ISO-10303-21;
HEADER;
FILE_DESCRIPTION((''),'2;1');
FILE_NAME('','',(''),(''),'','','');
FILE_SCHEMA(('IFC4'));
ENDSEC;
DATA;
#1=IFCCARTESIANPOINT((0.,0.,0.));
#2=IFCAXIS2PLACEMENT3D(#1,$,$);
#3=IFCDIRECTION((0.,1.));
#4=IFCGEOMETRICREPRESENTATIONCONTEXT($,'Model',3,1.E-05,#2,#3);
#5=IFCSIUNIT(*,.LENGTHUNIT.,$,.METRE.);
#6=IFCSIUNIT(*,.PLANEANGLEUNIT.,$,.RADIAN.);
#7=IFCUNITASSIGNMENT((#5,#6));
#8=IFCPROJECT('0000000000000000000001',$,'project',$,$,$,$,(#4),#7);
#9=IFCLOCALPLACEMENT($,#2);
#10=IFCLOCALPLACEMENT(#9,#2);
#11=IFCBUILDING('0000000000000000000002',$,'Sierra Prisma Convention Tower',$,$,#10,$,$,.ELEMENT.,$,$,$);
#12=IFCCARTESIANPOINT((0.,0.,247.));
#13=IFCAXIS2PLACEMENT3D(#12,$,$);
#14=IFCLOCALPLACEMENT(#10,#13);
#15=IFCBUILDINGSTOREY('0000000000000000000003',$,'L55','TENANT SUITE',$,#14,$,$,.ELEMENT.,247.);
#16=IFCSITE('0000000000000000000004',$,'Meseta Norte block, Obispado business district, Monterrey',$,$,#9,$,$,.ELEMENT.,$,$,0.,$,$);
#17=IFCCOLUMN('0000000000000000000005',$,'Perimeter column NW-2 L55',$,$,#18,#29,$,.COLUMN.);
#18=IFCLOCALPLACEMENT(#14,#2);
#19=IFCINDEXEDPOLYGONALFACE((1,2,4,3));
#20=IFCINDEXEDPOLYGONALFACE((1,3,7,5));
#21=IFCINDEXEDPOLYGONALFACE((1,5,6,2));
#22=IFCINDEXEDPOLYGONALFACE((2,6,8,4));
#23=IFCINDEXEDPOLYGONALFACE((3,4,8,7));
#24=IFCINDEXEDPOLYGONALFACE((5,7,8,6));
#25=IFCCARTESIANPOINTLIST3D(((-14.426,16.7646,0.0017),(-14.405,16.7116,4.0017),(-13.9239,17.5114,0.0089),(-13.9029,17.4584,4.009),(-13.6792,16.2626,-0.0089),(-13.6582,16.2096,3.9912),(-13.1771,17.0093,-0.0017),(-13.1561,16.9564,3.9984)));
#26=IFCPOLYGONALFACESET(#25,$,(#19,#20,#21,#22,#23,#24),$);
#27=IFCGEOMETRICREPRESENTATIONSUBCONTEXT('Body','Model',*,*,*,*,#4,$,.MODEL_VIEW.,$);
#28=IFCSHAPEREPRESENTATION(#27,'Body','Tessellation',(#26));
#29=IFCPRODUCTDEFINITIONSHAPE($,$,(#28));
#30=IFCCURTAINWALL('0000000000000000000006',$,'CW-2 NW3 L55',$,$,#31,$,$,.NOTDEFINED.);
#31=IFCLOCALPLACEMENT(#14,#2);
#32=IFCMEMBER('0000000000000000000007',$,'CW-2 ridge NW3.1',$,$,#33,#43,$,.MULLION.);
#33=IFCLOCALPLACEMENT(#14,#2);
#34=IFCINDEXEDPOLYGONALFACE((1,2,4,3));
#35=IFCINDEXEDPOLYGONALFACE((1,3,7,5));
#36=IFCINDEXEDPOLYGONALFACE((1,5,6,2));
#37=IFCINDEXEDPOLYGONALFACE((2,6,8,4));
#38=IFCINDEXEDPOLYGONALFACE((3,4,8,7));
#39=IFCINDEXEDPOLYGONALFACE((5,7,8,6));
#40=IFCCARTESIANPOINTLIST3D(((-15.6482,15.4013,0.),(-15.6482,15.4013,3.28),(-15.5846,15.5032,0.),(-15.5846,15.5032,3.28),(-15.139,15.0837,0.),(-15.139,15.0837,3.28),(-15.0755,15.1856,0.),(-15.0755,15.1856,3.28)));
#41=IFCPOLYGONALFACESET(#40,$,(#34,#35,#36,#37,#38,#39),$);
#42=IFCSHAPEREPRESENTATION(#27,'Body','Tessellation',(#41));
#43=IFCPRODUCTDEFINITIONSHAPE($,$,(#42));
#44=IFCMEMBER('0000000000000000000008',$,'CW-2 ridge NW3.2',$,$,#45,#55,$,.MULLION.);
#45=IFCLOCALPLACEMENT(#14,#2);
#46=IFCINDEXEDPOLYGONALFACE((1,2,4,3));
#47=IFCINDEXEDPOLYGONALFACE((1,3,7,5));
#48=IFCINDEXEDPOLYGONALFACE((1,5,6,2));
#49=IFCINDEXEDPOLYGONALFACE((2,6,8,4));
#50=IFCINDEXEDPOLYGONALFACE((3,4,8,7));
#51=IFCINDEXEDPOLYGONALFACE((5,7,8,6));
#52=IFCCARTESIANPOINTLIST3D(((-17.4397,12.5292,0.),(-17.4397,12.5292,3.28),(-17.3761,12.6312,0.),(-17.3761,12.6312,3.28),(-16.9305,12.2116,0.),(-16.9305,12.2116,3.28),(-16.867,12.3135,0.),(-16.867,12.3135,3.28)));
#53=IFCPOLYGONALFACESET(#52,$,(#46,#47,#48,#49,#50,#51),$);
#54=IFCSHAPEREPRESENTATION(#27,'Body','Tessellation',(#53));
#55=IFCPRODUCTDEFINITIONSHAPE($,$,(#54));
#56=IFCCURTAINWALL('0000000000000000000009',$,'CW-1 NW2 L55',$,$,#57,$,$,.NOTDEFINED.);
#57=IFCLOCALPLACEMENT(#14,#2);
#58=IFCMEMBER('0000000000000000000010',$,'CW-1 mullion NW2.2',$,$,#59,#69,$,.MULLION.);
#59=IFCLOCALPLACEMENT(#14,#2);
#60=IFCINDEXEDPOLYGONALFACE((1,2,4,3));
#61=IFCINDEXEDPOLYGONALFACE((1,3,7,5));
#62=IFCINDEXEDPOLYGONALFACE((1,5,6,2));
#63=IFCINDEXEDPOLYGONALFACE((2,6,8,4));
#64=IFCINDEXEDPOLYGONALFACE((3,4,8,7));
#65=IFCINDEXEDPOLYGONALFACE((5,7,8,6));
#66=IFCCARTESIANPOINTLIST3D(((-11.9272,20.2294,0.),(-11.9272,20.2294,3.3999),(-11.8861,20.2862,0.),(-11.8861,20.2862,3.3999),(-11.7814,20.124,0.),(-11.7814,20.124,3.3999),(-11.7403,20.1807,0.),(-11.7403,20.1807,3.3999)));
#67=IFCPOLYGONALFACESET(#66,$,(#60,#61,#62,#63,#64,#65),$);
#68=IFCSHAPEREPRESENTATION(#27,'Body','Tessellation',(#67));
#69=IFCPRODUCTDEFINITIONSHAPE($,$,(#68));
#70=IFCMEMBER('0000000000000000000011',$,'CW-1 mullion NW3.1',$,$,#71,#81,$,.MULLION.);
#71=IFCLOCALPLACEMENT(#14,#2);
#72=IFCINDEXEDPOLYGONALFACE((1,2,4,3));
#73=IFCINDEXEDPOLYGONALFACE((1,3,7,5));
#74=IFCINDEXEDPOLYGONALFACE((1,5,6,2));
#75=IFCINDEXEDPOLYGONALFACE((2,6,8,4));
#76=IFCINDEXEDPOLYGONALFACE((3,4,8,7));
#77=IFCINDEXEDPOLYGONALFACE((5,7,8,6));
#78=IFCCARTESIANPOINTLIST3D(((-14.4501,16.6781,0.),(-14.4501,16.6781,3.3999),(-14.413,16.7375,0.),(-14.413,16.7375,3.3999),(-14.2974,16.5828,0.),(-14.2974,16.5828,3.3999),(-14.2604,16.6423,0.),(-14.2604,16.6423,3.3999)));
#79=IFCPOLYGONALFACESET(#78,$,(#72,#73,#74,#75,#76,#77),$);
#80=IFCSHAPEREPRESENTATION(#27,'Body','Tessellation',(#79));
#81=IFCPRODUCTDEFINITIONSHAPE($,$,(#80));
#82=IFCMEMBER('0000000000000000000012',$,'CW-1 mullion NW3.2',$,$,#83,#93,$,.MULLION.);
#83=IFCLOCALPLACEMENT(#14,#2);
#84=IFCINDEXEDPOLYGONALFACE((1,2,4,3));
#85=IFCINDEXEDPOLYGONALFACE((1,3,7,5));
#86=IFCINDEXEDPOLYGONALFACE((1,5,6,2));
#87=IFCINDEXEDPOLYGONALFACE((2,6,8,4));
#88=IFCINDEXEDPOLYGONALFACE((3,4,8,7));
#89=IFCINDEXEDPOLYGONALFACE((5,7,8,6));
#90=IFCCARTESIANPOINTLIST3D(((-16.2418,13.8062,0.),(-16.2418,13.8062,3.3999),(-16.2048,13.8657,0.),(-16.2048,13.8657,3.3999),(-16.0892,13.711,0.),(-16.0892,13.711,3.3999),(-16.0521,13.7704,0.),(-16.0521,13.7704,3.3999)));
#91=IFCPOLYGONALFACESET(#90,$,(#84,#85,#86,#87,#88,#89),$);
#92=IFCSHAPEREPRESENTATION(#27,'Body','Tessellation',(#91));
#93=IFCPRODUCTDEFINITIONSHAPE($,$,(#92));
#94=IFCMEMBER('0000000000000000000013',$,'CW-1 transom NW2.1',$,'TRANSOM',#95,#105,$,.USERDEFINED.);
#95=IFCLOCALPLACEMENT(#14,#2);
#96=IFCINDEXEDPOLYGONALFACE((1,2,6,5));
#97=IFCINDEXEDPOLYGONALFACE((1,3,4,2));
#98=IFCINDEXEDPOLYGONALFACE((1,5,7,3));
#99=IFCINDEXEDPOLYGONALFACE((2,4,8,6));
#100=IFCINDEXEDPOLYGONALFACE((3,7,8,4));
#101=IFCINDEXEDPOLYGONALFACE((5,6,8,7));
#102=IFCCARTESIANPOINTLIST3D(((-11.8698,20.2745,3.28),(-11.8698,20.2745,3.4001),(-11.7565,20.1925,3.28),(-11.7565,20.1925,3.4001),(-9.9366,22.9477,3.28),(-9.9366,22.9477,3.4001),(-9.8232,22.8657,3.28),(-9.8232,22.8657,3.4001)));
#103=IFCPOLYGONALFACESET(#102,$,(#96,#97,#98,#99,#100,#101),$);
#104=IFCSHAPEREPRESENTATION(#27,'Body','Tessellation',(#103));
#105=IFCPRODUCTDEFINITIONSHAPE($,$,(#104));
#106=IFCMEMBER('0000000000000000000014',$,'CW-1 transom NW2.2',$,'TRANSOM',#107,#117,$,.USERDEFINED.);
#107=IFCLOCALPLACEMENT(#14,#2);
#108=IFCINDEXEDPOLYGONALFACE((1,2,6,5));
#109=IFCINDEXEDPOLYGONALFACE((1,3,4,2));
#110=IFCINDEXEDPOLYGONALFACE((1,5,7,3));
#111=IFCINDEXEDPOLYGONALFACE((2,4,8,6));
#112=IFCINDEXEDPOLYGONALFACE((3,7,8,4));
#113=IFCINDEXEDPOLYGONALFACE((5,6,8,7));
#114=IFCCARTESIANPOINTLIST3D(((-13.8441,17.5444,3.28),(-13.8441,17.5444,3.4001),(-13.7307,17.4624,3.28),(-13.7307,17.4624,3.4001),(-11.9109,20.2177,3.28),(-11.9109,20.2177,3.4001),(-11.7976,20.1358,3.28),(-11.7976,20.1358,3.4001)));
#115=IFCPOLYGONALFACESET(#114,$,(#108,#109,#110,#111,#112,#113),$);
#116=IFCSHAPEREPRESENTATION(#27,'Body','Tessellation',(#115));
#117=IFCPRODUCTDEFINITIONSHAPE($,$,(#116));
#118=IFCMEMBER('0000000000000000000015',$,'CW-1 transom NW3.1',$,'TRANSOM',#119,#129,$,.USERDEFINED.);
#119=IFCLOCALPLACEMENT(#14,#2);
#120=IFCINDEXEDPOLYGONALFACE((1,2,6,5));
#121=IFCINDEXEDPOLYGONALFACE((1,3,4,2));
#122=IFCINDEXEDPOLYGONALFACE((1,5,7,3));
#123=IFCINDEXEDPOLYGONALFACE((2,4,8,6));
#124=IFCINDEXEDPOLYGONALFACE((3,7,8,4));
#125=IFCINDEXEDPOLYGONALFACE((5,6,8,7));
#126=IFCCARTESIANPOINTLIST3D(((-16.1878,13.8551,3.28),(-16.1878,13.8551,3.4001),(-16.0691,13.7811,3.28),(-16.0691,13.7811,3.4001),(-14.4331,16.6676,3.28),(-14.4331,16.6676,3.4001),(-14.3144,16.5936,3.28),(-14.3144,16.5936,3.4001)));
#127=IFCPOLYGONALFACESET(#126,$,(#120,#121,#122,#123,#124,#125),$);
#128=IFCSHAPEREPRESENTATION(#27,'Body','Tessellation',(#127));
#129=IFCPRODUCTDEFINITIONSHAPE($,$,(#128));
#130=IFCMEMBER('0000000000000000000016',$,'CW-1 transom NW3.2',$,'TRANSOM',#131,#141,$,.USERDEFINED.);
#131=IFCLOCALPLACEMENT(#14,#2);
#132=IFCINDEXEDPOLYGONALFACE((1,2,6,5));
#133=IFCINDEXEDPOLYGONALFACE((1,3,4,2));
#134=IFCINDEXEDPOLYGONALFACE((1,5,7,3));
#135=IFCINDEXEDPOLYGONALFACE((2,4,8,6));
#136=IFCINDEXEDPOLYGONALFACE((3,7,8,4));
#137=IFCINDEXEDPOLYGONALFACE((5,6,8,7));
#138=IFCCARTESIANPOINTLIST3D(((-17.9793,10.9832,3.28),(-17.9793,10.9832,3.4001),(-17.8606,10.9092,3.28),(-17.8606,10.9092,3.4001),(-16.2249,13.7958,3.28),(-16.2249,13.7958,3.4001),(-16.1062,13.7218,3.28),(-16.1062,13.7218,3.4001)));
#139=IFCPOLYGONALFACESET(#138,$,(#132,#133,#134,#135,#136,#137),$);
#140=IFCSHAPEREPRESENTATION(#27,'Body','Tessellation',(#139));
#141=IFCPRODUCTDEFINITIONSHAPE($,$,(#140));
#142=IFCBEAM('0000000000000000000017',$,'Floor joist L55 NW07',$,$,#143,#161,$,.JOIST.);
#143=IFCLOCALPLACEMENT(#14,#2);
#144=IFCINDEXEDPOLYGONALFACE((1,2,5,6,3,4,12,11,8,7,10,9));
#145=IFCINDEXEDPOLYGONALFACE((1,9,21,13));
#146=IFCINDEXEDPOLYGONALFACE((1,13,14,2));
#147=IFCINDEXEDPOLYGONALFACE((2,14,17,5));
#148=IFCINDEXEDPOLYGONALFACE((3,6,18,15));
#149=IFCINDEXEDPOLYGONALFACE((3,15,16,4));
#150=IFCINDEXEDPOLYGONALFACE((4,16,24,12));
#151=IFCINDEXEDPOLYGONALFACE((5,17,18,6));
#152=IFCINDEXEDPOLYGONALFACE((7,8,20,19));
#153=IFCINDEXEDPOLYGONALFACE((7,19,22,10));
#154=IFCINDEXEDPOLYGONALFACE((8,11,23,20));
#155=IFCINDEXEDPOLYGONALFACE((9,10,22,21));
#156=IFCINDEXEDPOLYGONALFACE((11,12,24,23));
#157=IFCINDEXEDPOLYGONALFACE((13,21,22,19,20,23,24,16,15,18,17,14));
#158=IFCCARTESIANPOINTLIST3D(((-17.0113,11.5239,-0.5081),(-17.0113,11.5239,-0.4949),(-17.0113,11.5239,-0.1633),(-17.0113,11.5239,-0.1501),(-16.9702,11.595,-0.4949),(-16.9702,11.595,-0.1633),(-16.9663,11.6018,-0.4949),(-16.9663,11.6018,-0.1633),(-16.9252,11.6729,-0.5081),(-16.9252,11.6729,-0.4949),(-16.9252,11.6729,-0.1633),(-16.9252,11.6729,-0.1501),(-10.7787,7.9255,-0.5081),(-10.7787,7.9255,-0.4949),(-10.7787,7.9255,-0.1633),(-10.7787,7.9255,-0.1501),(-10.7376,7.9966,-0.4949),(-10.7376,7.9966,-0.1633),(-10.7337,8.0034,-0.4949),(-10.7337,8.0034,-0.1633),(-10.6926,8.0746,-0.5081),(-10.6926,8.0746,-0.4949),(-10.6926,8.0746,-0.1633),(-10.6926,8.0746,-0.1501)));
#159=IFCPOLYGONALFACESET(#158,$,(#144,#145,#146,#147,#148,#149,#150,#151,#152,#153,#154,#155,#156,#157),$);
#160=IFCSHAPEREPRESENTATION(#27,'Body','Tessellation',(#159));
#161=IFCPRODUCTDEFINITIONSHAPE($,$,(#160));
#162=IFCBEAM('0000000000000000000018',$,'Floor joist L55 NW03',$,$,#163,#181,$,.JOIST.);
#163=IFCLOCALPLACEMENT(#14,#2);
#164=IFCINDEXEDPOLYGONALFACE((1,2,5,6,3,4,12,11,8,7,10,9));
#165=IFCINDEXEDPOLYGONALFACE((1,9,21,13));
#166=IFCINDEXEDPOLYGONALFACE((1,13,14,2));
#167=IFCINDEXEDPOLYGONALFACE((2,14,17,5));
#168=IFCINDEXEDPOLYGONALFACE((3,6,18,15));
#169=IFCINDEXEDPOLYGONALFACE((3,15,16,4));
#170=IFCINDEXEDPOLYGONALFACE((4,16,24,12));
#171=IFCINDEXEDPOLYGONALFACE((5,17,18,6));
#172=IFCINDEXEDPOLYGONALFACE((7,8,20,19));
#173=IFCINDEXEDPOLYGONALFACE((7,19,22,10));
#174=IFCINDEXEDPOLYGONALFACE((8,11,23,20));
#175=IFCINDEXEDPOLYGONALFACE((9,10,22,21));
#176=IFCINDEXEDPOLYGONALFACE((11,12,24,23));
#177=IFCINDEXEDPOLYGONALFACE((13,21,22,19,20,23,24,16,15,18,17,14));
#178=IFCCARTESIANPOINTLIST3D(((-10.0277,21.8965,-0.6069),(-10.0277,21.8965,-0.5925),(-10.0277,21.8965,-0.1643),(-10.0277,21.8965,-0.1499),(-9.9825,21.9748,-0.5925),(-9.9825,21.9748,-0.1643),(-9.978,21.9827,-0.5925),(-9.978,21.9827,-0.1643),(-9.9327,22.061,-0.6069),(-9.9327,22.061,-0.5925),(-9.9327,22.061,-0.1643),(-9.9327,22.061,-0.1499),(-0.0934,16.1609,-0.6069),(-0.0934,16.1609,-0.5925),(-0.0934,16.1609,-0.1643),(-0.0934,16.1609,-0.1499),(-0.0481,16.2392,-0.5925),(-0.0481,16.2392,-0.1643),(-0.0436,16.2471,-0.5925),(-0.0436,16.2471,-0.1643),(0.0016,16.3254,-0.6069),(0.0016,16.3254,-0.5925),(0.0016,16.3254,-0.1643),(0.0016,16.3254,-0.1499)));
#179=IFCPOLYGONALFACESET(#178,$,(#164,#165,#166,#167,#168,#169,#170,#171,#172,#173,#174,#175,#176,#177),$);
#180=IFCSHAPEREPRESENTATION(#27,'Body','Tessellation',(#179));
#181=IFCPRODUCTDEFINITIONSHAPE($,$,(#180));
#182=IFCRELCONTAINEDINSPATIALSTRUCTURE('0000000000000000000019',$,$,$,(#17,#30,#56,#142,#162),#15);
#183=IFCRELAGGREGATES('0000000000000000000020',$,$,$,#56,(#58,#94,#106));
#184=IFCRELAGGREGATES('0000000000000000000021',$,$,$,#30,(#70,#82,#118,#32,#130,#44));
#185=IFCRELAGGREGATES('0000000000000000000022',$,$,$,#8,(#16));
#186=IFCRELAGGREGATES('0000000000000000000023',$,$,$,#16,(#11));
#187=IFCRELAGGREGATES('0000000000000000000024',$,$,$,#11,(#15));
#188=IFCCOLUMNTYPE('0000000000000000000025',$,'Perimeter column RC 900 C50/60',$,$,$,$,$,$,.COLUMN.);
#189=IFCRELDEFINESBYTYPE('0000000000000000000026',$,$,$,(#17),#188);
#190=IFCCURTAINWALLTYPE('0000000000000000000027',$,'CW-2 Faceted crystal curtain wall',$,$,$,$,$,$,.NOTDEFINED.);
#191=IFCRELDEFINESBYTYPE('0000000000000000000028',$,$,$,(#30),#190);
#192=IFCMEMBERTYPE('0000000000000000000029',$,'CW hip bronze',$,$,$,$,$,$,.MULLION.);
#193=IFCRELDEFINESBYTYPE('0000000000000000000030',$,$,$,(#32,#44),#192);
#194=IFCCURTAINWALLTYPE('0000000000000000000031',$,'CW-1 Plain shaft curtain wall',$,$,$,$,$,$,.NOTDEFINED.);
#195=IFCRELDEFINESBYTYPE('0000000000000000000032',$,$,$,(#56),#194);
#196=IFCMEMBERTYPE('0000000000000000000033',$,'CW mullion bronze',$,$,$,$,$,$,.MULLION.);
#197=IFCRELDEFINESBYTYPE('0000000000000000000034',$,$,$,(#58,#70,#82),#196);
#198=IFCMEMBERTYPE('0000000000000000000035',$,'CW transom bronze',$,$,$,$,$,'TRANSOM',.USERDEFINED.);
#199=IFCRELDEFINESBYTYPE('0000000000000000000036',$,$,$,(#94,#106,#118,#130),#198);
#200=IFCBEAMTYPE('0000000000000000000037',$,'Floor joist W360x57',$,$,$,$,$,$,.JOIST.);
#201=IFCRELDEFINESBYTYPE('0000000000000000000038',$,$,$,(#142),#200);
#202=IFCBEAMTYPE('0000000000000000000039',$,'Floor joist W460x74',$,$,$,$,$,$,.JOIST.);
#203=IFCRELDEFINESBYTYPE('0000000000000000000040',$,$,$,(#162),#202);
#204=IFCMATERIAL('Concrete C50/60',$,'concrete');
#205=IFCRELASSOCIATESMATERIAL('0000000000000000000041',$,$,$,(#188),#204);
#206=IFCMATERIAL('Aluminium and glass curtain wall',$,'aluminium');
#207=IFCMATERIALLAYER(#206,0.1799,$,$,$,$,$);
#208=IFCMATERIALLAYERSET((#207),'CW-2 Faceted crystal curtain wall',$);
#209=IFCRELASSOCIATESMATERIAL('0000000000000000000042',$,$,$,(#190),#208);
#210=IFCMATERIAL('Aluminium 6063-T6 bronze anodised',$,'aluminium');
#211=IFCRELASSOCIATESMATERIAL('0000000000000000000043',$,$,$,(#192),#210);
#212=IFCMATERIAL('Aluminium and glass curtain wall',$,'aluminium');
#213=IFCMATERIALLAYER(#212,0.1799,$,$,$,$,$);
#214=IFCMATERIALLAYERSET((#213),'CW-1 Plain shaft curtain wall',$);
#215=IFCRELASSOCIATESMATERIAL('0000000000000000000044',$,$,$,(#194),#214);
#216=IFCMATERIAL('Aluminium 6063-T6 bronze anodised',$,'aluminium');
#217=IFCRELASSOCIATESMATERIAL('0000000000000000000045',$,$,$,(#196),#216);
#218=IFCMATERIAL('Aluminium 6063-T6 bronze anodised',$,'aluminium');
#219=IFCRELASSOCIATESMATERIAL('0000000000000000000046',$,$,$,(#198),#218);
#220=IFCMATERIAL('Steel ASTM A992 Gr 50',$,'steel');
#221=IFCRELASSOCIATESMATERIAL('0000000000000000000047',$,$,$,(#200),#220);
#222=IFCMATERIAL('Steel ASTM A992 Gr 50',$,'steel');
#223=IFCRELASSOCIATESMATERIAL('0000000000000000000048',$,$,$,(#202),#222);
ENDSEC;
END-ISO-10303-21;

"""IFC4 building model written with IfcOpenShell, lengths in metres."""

from ifc_helpers import new_model, si_unit, direction, frame, origin, origin_2d, place, context, subcontext, project, spatial, rectangle, i_section, extrude, material, layer, layer_set, material_profile, profile_set, type_object, element, aggregate, save


model = new_model("IFC4")

# Units and contexts
model_context = context("Model", 3, precision=1e-05, world=origin(), true_north=direction((0.0, 1.0)))
body_context = subcontext(model_context, "Body", "Model", "MODEL_VIEW")
ifc_project = project(units=[si_unit("LENGTHUNIT", "METRE"), si_unit("PLANEANGLEUNIT", "RADIAN")], contexts=[model_context])

# Site, building, storey
site_placement = place(None, origin())
site = spatial("IfcSite", under=ifc_project, at=site_placement, Name="Meseta Norte block, Obispado business district, Monterrey", CompositionType="ELEMENT", RefElevation=0.0)
building_placement = place(site_placement, origin())
building = spatial("IfcBuilding", under=site, at=building_placement, Name="Sierra Prisma Convention Tower", CompositionType="ELEMENT")
storey_placement = place(building_placement, frame((0.0, 0.0, 247.0)))
storey = spatial("IfcBuildingStorey", under=building, at=storey_placement, Name="L55", Description="TENANT SUITE", CompositionType="ELEMENT", Elevation=247.0)

# Column
ifc_material_1 = material(Name="Concrete C50/60", Category="concrete")
ifc_material_profile_1 = material_profile(ifc_material_1, rectangle(XDim=0.8999, YDim=0.8999, at=origin_2d()), Name="Perimeter column RC 900 C50/60")
ifc_profile_set_1 = profile_set([ifc_material_profile_1], Name="Concrete C50/60")
column_type = type_object("IfcColumnType", Name="Perimeter column RC 900 C50/60", PredefinedType="COLUMN", material=ifc_profile_set_1)
column_placement = place(storey_placement, frame((-13.8015, 16.887, 0.0), z_axis=(0.005248, -0.013243, 0.999899), x_axis=(0.557959, 0.829829, 0.008062)))
element("IfcColumn", 1, at=column_placement, inside=storey, type_object=column_type, Name="Perimeter column NW-2 L55", PredefinedType="COLUMN", context=body_context, shape_type="SweptSolid", body=[
    extrude(rectangle(XDim=0.8999, YDim=0.8999, at=origin_2d()), origin(), (0.0, 0.0, 1.0), 4.0005),
])

# Curtain wall, members
ifc_material_2 = material(Name="Aluminium and glass curtain wall", Category="aluminium")
ifc_layer_1 = layer(ifc_material_2, 0.1799)
ifc_layer_set_1 = layer_set([ifc_layer_1], Name="CW-2 Faceted crystal curtain wall")
curtain_wall_type_1 = type_object("IfcCurtainWallType", Name="CW-2 Faceted crystal curtain wall", PredefinedType="NOTDEFINED", material=ifc_layer_set_1)
curtain_wall_1_placement = place(storey_placement, origin())
curtain_wall_1 = element("IfcCurtainWall", 2, at=curtain_wall_1_placement, inside=storey, type_object=curtain_wall_type_1, Name="CW-2 NW3 L55", PredefinedType="NOTDEFINED")
ifc_material_3 = material(Name="Aluminium 6063-T6 bronze anodised", Category="aluminium")
ifc_material_profile_2 = material_profile(ifc_material_3, rectangle(XDim=0.1201, YDim=0.6001, at=origin_2d()), Name="ALU RIDGE BLADE 120x600")
ifc_profile_set_2 = profile_set([ifc_material_profile_2], Name="Aluminium 6063-T6 bronze anodised")
member_type_1 = type_object("IfcMemberType", Name="CW hip bronze", PredefinedType="MULLION", material=ifc_profile_set_2)
member_1_placement = place(storey_placement, frame((-15.3618, 15.2935, 0.0), z_axis=(0.0, 0.0, 1.0), x_axis=(-0.529292, -0.84844, 0.0)))
member_1 = element("IfcMember", 3, at=member_1_placement, type_object=member_type_1, Name="CW-2 ridge NW3.1", PredefinedType="MULLION", context=body_context, shape_type="SweptSolid", body=[
    extrude(rectangle(XDim=0.1201, YDim=0.6001, at=origin_2d()), origin(), (0.0, 0.0, 1.0), 3.28),
])
member_2_placement = place(storey_placement, frame((-17.1533, 12.4214, 0.0), z_axis=(0.0, 0.0, 1.0), x_axis=(-0.529292, -0.84844, 0.0)))
member_2 = element("IfcMember", 4, at=member_2_placement, type_object=member_type_1, Name="CW-2 ridge NW3.2", PredefinedType="MULLION", context=body_context, shape_type="SweptSolid", body=[
    extrude(rectangle(XDim=0.1201, YDim=0.6001, at=origin_2d()), origin(), (0.0, 0.0, 1.0), 3.28),
])

# Curtain wall, member
ifc_material_4 = material(Name="Aluminium and glass curtain wall", Category="aluminium")
ifc_layer_2 = layer(ifc_material_4, 0.1799)
ifc_layer_set_2 = layer_set([ifc_layer_2], Name="CW-1 Plain shaft curtain wall")
curtain_wall_type_2 = type_object("IfcCurtainWallType", Name="CW-1 Plain shaft curtain wall", PredefinedType="NOTDEFINED", material=ifc_layer_set_2)
curtain_wall_2_placement = place(storey_placement, origin())
curtain_wall_2 = element("IfcCurtainWall", 5, at=curtain_wall_2_placement, inside=storey, type_object=curtain_wall_type_2, Name="CW-1 NW2 L55", PredefinedType="NOTDEFINED")
ifc_material_5 = material(Name="Aluminium 6063-T6 bronze anodised", Category="aluminium")
ifc_material_profile_3 = material_profile(ifc_material_5, rectangle(XDim=0.1799, YDim=0.0701, at=origin_2d()), Name="ALU MULLION 70x180")
ifc_profile_set_3 = profile_set([ifc_material_profile_3], Name="Aluminium 6063-T6 bronze anodised")
member_type_2 = type_object("IfcMemberType", Name="CW mullion bronze", PredefinedType="MULLION", material=ifc_profile_set_3)
member_3_placement = place(storey_placement, frame((-11.8337, 20.2051, 0.0), z_axis=(0.0, 0.0, 1.0), x_axis=(0.810319, -0.585989, 0.0)))
member_3 = element("IfcMember", 6, at=member_3_placement, type_object=member_type_2, Name="CW-1 mullion NW2.2", PredefinedType="MULLION", context=body_context, shape_type="SweptSolid", body=[
    extrude(rectangle(XDim=0.1799, YDim=0.0701, at=origin_2d()), origin(), (0.0, 0.0, 1.0), 3.3999),
])

# Members
member_4_placement = place(storey_placement, frame((-14.3552, 16.6602, 0.0), z_axis=(0.0, 0.0, 1.0), x_axis=(0.84844, -0.529292, 0.0)))
member_4 = element("IfcMember", 7, at=member_4_placement, type_object=member_type_2, Name="CW-1 mullion NW3.1", PredefinedType="MULLION", context=body_context, shape_type="SweptSolid", body=[
    extrude(rectangle(XDim=0.1799, YDim=0.0701, at=origin_2d()), origin(), (0.0, 0.0, 1.0), 3.3999),
])
member_5_placement = place(storey_placement, frame((-16.147, 13.7883, 0.0), z_axis=(0.0, 0.0, 1.0), x_axis=(0.84844, -0.529292, 0.0)))
member_5 = element("IfcMember", 8, at=member_5_placement, type_object=member_type_2, Name="CW-1 mullion NW3.2", PredefinedType="MULLION", context=body_context, shape_type="SweptSolid", body=[
    extrude(rectangle(XDim=0.1799, YDim=0.0701, at=origin_2d()), origin(), (0.0, 0.0, 1.0), 3.3999),
])
ifc_material_6 = material(Name="Aluminium 6063-T6 bronze anodised", Category="aluminium")
ifc_material_profile_4 = material_profile(ifc_material_6, rectangle(XDim=0.1399, YDim=0.1201, at=origin_2d()), Name="ALU TRANSOM 120x140")
ifc_profile_set_4 = profile_set([ifc_material_profile_4], Name="Aluminium 6063-T6 bronze anodised")
member_type_3 = type_object("IfcMemberType", Name="CW transom bronze", ElementType="TRANSOM", PredefinedType="USERDEFINED", material=ifc_profile_set_4)
member_6_placement = place(storey_placement, frame((-9.8799, 22.9067, 3.3401), z_axis=(-0.586009, -0.810304, 0.0), x_axis=(0.810304, -0.586009, 0.0)))
member_6 = element("IfcMember", 9, at=member_6_placement, type_object=member_type_3, Name="CW-1 transom NW2.1", ObjectType="TRANSOM", PredefinedType="USERDEFINED", context=body_context, shape_type="SweptSolid", body=[
    extrude(rectangle(XDim=0.1399, YDim=0.1201, at=origin_2d()), origin(), (0.0, 0.0, 1.0), 3.2991),
])
member_7_placement = place(storey_placement, frame((-11.8542, 20.1768, 3.3401), z_axis=(-0.585961, -0.81034, 0.0), x_axis=(0.81034, -0.585961, 0.0)))
member_7 = element("IfcMember", 10, at=member_7_placement, type_object=member_type_3, Name="CW-1 transom NW2.2", ObjectType="TRANSOM", PredefinedType="USERDEFINED", context=body_context, shape_type="SweptSolid", body=[
    extrude(rectangle(XDim=0.1399, YDim=0.1201, at=origin_2d()), origin(), (0.0, 0.0, 1.0), 3.2991),
])
member_8_placement = place(storey_placement, frame((-14.3738, 16.6306, 3.3401), z_axis=(-0.52931, -0.848428, 0.0), x_axis=(0.848428, -0.52931, 0.0)))
member_8 = element("IfcMember", 11, at=member_8_placement, type_object=member_type_3, Name="CW-1 transom NW3.1", ObjectType="TRANSOM", PredefinedType="USERDEFINED", context=body_context, shape_type="SweptSolid", body=[
    extrude(rectangle(XDim=0.1399, YDim=0.1201, at=origin_2d()), origin(), (0.0, 0.0, 1.0), 3.3149),
])
member_9_placement = place(storey_placement, frame((-16.1655, 13.7588, 3.3401), z_axis=(-0.529257, -0.848461, 0.0), x_axis=(0.848461, -0.529257, 0.0)))
member_9 = element("IfcMember", 12, at=member_9_placement, type_object=member_type_3, Name="CW-1 transom NW3.2", ObjectType="TRANSOM", PredefinedType="USERDEFINED", context=body_context, shape_type="SweptSolid", body=[
    extrude(rectangle(XDim=0.1399, YDim=0.1201, at=origin_2d()), origin(), (0.0, 0.0, 1.0), 3.3149),
])

# Beams
ifc_material_7 = material(Name="Steel ASTM A992 Gr 50", Category="steel")
ifc_material_profile_5 = material_profile(ifc_material_7, i_section(OverallWidth=0.1721, OverallDepth=0.3579, WebThickness=0.0078, FlangeThickness=0.0132, at=origin_2d()), Name="W360x57")
ifc_profile_set_5 = profile_set([ifc_material_profile_5], Name="Steel ASTM A992 Gr 50")
beam_type_1 = type_object("IfcBeamType", Name="Floor joist W360x57", PredefinedType="JOIST", material=ifc_profile_set_5)
beam_1_placement = place(storey_placement, frame((-16.9683, 11.5984, -0.3291), z_axis=(0.866028, -0.499996, 0.0), x_axis=(0.499996, 0.866028, 0.0)))
element("IfcBeam", 13, at=beam_1_placement, inside=storey, type_object=beam_type_1, Name="Floor joist L55 NW07", PredefinedType="JOIST", context=body_context, shape_type="SweptSolid", body=[
    extrude(i_section(OverallWidth=0.1721, OverallDepth=0.3579, WebThickness=0.0078, FlangeThickness=0.0132, at=origin_2d()), origin(), (0.0, 0.0, 1.0), 7.1968),
])
ifc_material_8 = material(Name="Steel ASTM A992 Gr 50", Category="steel")
ifc_material_profile_6 = material_profile(ifc_material_8, i_section(OverallWidth=0.1899, OverallDepth=0.457, WebThickness=0.009, FlangeThickness=0.0144, at=origin_2d()), Name="W460x74")
ifc_profile_set_6 = profile_set([ifc_material_profile_6], Name="Steel ASTM A992 Gr 50")
beam_type_2 = type_object("IfcBeamType", Name="Floor joist W460x74", PredefinedType="JOIST", material=ifc_profile_set_6)
beam_2_placement = place(storey_placement, frame((-9.9802, 21.9788, -0.3784), z_axis=(0.866025, -0.500001, 0.0), x_axis=(0.500001, 0.866025, 0.0)))
element("IfcBeam", 14, at=beam_2_placement, inside=storey, type_object=beam_type_2, Name="Floor joist L55 NW03", PredefinedType="JOIST", context=body_context, shape_type="SweptSolid", body=[
    extrude(i_section(OverallWidth=0.1899, OverallDepth=0.457, WebThickness=0.009, FlangeThickness=0.0144, at=origin_2d()), origin(), (0.0, 0.0, 1.0), 11.4712),
])

aggregate(curtain_wall_2, [member_3, member_6, member_7])
aggregate(curtain_wall_1, [member_4, member_5, member_8, member_1, member_9, member_2])

save(model, "model.ifc")
